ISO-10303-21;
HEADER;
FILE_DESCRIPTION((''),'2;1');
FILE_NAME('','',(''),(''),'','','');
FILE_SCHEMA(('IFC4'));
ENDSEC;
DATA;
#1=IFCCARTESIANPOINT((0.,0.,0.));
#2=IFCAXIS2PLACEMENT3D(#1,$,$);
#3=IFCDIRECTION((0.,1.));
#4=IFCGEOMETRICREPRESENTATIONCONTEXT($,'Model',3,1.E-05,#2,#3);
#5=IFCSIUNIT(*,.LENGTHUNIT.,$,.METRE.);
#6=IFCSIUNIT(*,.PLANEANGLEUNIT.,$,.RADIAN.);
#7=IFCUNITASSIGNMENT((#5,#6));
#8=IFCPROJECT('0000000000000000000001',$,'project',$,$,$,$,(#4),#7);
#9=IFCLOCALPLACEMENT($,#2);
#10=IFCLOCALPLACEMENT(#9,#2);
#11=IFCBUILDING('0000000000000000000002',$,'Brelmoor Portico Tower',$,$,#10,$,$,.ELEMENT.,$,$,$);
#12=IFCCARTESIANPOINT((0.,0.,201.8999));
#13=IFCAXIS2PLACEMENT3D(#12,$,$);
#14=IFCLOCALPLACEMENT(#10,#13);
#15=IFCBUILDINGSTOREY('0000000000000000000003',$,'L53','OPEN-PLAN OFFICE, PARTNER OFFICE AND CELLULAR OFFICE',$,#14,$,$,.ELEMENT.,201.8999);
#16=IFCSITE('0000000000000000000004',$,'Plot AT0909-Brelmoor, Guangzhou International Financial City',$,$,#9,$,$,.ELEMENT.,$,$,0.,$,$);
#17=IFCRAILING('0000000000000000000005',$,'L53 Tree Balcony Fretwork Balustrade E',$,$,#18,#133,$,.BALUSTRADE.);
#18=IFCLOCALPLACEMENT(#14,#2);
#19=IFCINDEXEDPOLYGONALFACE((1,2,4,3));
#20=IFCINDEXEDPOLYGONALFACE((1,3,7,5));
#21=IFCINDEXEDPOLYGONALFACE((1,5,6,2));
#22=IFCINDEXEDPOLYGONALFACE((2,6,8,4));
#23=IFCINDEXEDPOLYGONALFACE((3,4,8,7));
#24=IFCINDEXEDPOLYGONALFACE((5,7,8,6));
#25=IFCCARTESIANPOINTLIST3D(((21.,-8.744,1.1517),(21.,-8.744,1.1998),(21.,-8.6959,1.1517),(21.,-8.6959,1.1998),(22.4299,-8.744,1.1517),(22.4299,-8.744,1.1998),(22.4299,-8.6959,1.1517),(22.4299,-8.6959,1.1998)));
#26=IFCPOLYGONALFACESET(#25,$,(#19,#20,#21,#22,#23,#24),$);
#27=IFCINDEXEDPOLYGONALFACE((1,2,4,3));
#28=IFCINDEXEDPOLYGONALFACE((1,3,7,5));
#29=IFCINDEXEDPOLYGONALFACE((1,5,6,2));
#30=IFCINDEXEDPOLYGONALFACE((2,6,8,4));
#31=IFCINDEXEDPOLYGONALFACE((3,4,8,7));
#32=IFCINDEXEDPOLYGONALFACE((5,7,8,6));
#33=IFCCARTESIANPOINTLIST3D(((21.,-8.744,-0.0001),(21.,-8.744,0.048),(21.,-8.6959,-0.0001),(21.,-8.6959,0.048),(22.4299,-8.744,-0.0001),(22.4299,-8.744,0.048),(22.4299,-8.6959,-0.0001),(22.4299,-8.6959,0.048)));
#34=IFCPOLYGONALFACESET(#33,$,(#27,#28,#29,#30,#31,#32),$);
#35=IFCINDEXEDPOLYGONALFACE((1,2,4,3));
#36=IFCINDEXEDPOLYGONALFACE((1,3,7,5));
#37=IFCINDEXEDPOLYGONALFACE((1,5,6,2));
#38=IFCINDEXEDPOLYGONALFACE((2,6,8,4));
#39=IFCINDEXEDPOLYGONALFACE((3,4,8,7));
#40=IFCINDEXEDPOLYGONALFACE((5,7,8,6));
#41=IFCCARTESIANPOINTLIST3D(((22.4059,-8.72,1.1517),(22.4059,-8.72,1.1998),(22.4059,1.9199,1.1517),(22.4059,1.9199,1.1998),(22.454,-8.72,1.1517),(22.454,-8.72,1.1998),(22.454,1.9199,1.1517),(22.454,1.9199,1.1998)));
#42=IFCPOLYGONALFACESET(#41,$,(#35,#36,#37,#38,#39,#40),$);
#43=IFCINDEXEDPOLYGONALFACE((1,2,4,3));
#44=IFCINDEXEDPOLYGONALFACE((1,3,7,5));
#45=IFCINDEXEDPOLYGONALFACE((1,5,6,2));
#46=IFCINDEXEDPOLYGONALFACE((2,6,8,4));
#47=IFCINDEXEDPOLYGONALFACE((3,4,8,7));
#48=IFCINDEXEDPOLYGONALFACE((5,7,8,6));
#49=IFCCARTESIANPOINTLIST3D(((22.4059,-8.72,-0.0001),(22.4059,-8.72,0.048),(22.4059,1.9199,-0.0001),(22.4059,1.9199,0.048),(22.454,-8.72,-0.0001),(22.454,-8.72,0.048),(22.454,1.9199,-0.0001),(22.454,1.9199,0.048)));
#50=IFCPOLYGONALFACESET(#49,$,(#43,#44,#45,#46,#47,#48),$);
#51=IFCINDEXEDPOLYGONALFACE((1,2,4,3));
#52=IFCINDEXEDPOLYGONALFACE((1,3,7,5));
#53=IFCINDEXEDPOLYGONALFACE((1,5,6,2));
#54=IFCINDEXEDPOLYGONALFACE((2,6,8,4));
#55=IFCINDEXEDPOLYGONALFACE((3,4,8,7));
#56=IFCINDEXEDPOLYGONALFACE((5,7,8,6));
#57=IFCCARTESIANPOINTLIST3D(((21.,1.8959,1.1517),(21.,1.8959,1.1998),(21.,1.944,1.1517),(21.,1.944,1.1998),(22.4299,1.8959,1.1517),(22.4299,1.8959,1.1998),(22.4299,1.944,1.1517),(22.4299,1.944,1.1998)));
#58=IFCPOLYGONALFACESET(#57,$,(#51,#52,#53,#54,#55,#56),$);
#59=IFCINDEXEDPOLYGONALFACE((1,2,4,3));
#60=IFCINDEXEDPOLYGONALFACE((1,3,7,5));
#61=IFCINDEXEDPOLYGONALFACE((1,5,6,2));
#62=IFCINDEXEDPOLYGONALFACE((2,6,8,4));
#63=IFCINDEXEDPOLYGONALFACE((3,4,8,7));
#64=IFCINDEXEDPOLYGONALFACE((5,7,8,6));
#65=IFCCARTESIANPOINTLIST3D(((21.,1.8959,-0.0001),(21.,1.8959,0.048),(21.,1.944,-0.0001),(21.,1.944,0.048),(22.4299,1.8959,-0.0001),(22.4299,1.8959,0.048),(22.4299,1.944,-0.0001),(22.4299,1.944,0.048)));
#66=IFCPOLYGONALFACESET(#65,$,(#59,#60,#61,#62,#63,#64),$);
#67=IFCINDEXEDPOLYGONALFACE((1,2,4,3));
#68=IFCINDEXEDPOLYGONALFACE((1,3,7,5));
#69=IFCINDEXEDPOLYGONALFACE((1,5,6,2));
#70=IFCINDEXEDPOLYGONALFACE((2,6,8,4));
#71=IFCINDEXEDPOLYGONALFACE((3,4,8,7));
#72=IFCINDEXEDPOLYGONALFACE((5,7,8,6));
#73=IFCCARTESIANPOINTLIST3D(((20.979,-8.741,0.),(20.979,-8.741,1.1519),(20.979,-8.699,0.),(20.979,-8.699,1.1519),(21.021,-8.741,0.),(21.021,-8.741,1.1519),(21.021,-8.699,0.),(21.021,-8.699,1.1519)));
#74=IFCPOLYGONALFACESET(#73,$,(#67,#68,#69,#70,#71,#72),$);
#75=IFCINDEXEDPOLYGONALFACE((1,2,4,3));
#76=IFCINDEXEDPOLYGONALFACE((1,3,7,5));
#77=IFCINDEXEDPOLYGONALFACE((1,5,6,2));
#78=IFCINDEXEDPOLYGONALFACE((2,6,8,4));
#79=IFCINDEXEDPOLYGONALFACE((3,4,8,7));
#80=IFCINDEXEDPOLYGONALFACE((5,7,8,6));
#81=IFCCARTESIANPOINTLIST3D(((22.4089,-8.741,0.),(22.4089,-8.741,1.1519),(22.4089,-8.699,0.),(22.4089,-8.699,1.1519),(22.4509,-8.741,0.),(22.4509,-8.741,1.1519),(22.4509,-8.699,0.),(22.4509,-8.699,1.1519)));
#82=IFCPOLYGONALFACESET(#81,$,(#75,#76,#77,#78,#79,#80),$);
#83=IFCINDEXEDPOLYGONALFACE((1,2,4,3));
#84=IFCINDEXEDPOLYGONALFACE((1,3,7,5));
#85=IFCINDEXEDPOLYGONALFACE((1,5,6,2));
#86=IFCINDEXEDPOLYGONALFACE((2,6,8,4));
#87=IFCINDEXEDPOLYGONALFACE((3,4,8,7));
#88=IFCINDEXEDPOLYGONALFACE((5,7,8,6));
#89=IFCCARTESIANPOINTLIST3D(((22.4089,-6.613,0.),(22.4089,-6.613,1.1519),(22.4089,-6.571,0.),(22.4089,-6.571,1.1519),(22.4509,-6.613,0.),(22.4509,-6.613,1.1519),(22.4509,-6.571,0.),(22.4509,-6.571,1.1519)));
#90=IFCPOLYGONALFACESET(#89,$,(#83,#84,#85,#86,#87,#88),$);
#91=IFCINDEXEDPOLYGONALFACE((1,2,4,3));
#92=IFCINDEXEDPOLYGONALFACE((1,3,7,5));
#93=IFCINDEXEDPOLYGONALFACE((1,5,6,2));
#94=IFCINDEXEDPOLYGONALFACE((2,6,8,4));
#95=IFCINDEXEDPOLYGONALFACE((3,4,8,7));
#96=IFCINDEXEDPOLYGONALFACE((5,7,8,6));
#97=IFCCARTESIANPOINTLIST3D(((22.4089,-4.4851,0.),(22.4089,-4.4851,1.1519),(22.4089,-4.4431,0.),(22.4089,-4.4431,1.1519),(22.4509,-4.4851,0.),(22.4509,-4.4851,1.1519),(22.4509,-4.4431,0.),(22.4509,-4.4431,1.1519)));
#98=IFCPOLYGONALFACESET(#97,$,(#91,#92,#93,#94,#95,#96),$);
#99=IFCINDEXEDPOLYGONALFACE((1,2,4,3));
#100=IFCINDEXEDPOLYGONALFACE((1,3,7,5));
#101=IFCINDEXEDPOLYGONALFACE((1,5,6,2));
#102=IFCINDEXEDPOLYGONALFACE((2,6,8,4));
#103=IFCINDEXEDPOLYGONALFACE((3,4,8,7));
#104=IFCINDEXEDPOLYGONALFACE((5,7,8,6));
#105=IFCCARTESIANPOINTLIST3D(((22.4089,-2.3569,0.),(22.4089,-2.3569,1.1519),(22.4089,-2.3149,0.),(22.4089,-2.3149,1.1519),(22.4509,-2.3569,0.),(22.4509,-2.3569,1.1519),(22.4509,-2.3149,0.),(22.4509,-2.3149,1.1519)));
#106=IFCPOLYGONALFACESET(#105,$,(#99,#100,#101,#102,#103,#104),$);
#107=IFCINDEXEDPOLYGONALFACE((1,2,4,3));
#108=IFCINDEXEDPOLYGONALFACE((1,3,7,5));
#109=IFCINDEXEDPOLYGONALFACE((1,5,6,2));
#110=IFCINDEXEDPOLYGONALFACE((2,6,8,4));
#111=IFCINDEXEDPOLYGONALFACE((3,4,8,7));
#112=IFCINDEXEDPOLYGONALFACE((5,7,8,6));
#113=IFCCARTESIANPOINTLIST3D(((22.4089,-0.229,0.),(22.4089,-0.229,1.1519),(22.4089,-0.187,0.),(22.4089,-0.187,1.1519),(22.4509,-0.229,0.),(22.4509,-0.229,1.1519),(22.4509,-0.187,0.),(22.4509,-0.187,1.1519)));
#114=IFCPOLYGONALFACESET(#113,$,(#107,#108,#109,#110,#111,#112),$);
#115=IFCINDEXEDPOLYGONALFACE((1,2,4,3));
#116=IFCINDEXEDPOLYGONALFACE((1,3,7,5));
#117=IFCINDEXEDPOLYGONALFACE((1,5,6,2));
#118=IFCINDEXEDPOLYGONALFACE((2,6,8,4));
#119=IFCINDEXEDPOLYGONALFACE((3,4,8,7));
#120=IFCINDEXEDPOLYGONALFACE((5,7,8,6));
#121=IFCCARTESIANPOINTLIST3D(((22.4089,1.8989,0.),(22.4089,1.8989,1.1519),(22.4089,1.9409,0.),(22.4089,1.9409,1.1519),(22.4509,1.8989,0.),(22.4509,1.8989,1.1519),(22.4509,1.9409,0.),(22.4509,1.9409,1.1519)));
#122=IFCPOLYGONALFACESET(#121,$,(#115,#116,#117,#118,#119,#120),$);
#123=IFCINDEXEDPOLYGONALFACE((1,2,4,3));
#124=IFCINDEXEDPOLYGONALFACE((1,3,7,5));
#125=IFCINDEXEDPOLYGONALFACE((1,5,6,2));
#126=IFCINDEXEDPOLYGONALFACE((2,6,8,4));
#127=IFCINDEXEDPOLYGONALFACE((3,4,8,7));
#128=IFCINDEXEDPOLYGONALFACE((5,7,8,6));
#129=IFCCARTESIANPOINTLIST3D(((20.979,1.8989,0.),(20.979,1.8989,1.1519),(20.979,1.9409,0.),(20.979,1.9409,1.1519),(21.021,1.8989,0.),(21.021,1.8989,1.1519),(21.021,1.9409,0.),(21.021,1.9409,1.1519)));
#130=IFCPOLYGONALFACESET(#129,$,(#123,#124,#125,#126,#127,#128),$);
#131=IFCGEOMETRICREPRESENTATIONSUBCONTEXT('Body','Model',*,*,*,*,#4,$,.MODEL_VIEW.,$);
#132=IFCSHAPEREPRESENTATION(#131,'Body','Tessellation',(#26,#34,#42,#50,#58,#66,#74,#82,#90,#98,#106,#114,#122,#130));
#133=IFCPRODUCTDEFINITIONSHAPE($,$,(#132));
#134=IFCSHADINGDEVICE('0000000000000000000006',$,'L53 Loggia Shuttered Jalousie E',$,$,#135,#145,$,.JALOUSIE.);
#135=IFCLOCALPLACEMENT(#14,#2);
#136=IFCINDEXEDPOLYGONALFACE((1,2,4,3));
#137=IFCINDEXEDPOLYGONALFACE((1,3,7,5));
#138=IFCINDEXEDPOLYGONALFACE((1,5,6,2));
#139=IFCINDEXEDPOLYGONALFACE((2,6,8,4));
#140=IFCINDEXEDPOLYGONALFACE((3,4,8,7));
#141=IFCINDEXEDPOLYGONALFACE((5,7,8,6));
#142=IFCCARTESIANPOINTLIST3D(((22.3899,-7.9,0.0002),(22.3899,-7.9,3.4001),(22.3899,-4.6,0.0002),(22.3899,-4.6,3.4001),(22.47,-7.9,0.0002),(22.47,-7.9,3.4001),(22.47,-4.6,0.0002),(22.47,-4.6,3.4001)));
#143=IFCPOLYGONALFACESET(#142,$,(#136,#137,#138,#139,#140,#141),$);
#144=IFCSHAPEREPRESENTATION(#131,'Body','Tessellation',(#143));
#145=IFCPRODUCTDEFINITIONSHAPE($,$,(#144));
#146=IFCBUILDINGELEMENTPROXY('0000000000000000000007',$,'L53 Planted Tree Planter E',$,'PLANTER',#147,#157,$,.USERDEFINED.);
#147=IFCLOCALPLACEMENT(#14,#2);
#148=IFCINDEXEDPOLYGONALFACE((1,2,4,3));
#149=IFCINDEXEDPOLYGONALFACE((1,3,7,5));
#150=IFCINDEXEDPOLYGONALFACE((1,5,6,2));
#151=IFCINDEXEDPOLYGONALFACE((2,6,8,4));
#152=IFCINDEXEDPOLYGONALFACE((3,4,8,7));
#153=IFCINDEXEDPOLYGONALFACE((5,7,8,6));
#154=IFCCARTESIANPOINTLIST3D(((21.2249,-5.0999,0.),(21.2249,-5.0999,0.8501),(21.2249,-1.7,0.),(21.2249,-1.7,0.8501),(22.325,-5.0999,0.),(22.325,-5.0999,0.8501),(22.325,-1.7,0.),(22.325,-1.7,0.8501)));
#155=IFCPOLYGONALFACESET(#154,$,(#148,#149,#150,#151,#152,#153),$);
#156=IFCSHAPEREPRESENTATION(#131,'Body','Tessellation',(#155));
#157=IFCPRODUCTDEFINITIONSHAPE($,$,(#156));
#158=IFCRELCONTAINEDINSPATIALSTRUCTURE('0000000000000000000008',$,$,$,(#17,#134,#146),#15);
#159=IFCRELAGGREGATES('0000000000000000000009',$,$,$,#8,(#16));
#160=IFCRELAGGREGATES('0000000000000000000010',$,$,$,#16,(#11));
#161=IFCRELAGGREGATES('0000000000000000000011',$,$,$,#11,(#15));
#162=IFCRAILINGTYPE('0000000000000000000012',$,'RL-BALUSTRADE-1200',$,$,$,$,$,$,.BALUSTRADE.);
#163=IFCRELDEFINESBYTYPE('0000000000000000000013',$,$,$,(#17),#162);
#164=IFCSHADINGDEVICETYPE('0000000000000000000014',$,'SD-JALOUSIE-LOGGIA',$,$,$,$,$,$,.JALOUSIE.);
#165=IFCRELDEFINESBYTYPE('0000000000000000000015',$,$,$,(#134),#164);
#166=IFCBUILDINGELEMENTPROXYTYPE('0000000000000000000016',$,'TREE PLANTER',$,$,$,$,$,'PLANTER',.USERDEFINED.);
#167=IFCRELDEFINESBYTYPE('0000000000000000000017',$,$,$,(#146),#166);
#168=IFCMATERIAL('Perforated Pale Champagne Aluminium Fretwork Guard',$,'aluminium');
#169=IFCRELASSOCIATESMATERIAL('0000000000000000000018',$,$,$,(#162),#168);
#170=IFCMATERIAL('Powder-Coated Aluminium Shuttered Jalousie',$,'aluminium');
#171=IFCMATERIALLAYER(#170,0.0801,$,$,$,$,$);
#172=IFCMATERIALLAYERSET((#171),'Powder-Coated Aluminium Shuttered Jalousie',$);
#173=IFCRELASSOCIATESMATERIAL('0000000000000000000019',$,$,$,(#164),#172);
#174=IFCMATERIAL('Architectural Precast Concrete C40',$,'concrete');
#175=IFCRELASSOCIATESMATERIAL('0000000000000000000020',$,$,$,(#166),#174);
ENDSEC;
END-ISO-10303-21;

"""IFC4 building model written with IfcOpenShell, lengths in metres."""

from ifc_helpers import new_model, si_unit, direction, frame, origin, origin_2d, place, context, subcontext, project, spatial, rectangle, extrude, material, layer, layer_set, type_object, element, save


model = new_model("IFC4")

# Units and contexts
model_context = context("Model", 3, precision=1e-05, world=origin(), true_north=direction((0.0, 1.0)))
body_context = subcontext(model_context, "Body", "Model", "MODEL_VIEW")
ifc_project = project(units=[si_unit("LENGTHUNIT", "METRE"), si_unit("PLANEANGLEUNIT", "RADIAN")], contexts=[model_context])

# Site, building, storey
site_placement = place(None, origin())
site = spatial("IfcSite", under=ifc_project, at=site_placement, Name="Plot AT0909-Brelmoor, Guangzhou International Financial City", CompositionType="ELEMENT", RefElevation=0.0)
building_placement = place(site_placement, origin())
building = spatial("IfcBuilding", under=site, at=building_placement, Name="Brelmoor Portico Tower", CompositionType="ELEMENT")
storey_placement = place(building_placement, frame((0.0, 0.0, 201.8999)))
storey = spatial("IfcBuildingStorey", under=building, at=storey_placement, Name="L53", Description="OPEN-PLAN OFFICE, PARTNER OFFICE AND CELLULAR OFFICE", CompositionType="ELEMENT", Elevation=201.8999)

# Railing
ifc_material_1 = material(Name="Perforated Pale Champagne Aluminium Fretwork Guard", Category="aluminium")
railing_type = type_object("IfcRailingType", Name="RL-BALUSTRADE-1200", PredefinedType="BALUSTRADE", material=ifc_material_1)
railing_placement = place(storey_placement, frame((21.0, -8.72, 0.0)))
element("IfcRailing", 1, at=railing_placement, inside=storey, type_object=railing_type, Name="L53 Tree Balcony Fretwork Balustrade E", PredefinedType="BALUSTRADE", context=body_context, shape_type="SweptSolid", body=[
    extrude(rectangle(XDim=0.0481, YDim=0.0481, at=origin_2d()), frame((0.0, 0.0, 1.1758), z_axis=(1.0, 0.0, 0.0), x_axis=(0.0, 1.0, 0.0)), (0.0, 0.0, 1.0), 1.4299),
    extrude(rectangle(XDim=0.0481, YDim=0.0481, at=origin_2d()), frame((0.0, 0.0, 0.0239), z_axis=(1.0, 0.0, 0.0), x_axis=(0.0, 1.0, 0.0)), (0.0, 0.0, 1.0), 1.4299),
    extrude(rectangle(XDim=0.0481, YDim=0.0481, at=origin_2d()), frame((1.4299, 0.0, 1.1758), z_axis=(0.0, 1.0, 0.0), x_axis=(-1.0, 0.0, 0.0)), (0.0, 0.0, 1.0), 10.6399),
    extrude(rectangle(XDim=0.0481, YDim=0.0481, at=origin_2d()), frame((1.4299, 0.0, 0.0239), z_axis=(0.0, 1.0, 0.0), x_axis=(-1.0, 0.0, 0.0)), (0.0, 0.0, 1.0), 10.6399),
    extrude(rectangle(XDim=0.0481, YDim=0.0481, at=origin_2d()), frame((1.4299, 10.6399, 1.1758), z_axis=(-1.0, 0.0, 0.0), x_axis=(0.0, -1.0, 0.0)), (0.0, 0.0, 1.0), 1.4299),
    extrude(rectangle(XDim=0.0481, YDim=0.0481, at=origin_2d()), frame((1.4299, 10.6399, 0.0239), z_axis=(-1.0, 0.0, 0.0), x_axis=(0.0, -1.0, 0.0)), (0.0, 0.0, 1.0), 1.4299),
    extrude(rectangle(XDim=0.042, YDim=0.042, at=origin_2d()), origin(), (0.0, 0.0, 1.0), 1.1519),
    extrude(rectangle(XDim=0.042, YDim=0.042, at=origin_2d()), frame((1.4299, 0.0, 0.0)), (0.0, 0.0, 1.0), 1.1519),
    extrude(rectangle(XDim=0.042, YDim=0.042, at=origin_2d()), frame((1.4299, 2.1279, 0.0)), (0.0, 0.0, 1.0), 1.1519),
    extrude(rectangle(XDim=0.042, YDim=0.042, at=origin_2d()), frame((1.4299, 4.2559, 0.0)), (0.0, 0.0, 1.0), 1.1519),
    extrude(rectangle(XDim=0.042, YDim=0.042, at=origin_2d()), frame((1.4299, 6.384, 0.0)), (0.0, 0.0, 1.0), 1.1519),
    extrude(rectangle(XDim=0.042, YDim=0.042, at=origin_2d()), frame((1.4299, 8.512, 0.0)), (0.0, 0.0, 1.0), 1.1519),
    extrude(rectangle(XDim=0.042, YDim=0.042, at=origin_2d()), frame((1.4299, 10.6399, 0.0)), (0.0, 0.0, 1.0), 1.1519),
    extrude(rectangle(XDim=0.042, YDim=0.042, at=origin_2d()), frame((0.0, 10.6399, 0.0)), (0.0, 0.0, 1.0), 1.1519),
])

# Shading device
ifc_material_2 = material(Name="Powder-Coated Aluminium Shuttered Jalousie", Category="aluminium")
ifc_layer_1 = layer(ifc_material_2, 0.0801)
ifc_layer_set_1 = layer_set([ifc_layer_1], Name="Powder-Coated Aluminium Shuttered Jalousie")
shading_device_type = type_object("IfcShadingDeviceType", Name="SD-JALOUSIE-LOGGIA", PredefinedType="JALOUSIE", material=ifc_layer_set_1)
shading_device_placement = place(storey_placement, frame((22.4299, -6.25, 0.0002), z_axis=(0.0, 0.0, 1.0), x_axis=(0.0, 1.0, 0.0)))
element("IfcShadingDevice", 2, at=shading_device_placement, inside=storey, type_object=shading_device_type, Name="L53 Loggia Shuttered Jalousie E", PredefinedType="JALOUSIE", context=body_context, shape_type="SweptSolid", body=[
    extrude(rectangle(XDim=3.3, YDim=0.0801, at=origin_2d()), origin(), (0.0, 0.0, 1.0), 3.3999),
])

# Building element proxy
ifc_material_3 = material(Name="Architectural Precast Concrete C40", Category="concrete")
building_element_proxy_type = type_object("IfcBuildingElementProxyType", Name="TREE PLANTER", ElementType="PLANTER", PredefinedType="USERDEFINED", material=ifc_material_3)
proxy_placement = place(storey_placement, frame((21.7749, -3.3999, 0.0), z_axis=(0.0, 0.0, 1.0), x_axis=(0.0, 1.0, 0.0)))
element("IfcBuildingElementProxy", 3, at=proxy_placement, inside=storey, type_object=building_element_proxy_type, Name="L53 Planted Tree Planter E", ObjectType="PLANTER", PredefinedType="USERDEFINED", context=body_context, shape_type="SweptSolid", body=[
    extrude(rectangle(XDim=3.3999, YDim=1.1001, at=origin_2d()), origin(), (0.0, 0.0, 1.0), 0.8501),
])

save(model, "model.ifc")
